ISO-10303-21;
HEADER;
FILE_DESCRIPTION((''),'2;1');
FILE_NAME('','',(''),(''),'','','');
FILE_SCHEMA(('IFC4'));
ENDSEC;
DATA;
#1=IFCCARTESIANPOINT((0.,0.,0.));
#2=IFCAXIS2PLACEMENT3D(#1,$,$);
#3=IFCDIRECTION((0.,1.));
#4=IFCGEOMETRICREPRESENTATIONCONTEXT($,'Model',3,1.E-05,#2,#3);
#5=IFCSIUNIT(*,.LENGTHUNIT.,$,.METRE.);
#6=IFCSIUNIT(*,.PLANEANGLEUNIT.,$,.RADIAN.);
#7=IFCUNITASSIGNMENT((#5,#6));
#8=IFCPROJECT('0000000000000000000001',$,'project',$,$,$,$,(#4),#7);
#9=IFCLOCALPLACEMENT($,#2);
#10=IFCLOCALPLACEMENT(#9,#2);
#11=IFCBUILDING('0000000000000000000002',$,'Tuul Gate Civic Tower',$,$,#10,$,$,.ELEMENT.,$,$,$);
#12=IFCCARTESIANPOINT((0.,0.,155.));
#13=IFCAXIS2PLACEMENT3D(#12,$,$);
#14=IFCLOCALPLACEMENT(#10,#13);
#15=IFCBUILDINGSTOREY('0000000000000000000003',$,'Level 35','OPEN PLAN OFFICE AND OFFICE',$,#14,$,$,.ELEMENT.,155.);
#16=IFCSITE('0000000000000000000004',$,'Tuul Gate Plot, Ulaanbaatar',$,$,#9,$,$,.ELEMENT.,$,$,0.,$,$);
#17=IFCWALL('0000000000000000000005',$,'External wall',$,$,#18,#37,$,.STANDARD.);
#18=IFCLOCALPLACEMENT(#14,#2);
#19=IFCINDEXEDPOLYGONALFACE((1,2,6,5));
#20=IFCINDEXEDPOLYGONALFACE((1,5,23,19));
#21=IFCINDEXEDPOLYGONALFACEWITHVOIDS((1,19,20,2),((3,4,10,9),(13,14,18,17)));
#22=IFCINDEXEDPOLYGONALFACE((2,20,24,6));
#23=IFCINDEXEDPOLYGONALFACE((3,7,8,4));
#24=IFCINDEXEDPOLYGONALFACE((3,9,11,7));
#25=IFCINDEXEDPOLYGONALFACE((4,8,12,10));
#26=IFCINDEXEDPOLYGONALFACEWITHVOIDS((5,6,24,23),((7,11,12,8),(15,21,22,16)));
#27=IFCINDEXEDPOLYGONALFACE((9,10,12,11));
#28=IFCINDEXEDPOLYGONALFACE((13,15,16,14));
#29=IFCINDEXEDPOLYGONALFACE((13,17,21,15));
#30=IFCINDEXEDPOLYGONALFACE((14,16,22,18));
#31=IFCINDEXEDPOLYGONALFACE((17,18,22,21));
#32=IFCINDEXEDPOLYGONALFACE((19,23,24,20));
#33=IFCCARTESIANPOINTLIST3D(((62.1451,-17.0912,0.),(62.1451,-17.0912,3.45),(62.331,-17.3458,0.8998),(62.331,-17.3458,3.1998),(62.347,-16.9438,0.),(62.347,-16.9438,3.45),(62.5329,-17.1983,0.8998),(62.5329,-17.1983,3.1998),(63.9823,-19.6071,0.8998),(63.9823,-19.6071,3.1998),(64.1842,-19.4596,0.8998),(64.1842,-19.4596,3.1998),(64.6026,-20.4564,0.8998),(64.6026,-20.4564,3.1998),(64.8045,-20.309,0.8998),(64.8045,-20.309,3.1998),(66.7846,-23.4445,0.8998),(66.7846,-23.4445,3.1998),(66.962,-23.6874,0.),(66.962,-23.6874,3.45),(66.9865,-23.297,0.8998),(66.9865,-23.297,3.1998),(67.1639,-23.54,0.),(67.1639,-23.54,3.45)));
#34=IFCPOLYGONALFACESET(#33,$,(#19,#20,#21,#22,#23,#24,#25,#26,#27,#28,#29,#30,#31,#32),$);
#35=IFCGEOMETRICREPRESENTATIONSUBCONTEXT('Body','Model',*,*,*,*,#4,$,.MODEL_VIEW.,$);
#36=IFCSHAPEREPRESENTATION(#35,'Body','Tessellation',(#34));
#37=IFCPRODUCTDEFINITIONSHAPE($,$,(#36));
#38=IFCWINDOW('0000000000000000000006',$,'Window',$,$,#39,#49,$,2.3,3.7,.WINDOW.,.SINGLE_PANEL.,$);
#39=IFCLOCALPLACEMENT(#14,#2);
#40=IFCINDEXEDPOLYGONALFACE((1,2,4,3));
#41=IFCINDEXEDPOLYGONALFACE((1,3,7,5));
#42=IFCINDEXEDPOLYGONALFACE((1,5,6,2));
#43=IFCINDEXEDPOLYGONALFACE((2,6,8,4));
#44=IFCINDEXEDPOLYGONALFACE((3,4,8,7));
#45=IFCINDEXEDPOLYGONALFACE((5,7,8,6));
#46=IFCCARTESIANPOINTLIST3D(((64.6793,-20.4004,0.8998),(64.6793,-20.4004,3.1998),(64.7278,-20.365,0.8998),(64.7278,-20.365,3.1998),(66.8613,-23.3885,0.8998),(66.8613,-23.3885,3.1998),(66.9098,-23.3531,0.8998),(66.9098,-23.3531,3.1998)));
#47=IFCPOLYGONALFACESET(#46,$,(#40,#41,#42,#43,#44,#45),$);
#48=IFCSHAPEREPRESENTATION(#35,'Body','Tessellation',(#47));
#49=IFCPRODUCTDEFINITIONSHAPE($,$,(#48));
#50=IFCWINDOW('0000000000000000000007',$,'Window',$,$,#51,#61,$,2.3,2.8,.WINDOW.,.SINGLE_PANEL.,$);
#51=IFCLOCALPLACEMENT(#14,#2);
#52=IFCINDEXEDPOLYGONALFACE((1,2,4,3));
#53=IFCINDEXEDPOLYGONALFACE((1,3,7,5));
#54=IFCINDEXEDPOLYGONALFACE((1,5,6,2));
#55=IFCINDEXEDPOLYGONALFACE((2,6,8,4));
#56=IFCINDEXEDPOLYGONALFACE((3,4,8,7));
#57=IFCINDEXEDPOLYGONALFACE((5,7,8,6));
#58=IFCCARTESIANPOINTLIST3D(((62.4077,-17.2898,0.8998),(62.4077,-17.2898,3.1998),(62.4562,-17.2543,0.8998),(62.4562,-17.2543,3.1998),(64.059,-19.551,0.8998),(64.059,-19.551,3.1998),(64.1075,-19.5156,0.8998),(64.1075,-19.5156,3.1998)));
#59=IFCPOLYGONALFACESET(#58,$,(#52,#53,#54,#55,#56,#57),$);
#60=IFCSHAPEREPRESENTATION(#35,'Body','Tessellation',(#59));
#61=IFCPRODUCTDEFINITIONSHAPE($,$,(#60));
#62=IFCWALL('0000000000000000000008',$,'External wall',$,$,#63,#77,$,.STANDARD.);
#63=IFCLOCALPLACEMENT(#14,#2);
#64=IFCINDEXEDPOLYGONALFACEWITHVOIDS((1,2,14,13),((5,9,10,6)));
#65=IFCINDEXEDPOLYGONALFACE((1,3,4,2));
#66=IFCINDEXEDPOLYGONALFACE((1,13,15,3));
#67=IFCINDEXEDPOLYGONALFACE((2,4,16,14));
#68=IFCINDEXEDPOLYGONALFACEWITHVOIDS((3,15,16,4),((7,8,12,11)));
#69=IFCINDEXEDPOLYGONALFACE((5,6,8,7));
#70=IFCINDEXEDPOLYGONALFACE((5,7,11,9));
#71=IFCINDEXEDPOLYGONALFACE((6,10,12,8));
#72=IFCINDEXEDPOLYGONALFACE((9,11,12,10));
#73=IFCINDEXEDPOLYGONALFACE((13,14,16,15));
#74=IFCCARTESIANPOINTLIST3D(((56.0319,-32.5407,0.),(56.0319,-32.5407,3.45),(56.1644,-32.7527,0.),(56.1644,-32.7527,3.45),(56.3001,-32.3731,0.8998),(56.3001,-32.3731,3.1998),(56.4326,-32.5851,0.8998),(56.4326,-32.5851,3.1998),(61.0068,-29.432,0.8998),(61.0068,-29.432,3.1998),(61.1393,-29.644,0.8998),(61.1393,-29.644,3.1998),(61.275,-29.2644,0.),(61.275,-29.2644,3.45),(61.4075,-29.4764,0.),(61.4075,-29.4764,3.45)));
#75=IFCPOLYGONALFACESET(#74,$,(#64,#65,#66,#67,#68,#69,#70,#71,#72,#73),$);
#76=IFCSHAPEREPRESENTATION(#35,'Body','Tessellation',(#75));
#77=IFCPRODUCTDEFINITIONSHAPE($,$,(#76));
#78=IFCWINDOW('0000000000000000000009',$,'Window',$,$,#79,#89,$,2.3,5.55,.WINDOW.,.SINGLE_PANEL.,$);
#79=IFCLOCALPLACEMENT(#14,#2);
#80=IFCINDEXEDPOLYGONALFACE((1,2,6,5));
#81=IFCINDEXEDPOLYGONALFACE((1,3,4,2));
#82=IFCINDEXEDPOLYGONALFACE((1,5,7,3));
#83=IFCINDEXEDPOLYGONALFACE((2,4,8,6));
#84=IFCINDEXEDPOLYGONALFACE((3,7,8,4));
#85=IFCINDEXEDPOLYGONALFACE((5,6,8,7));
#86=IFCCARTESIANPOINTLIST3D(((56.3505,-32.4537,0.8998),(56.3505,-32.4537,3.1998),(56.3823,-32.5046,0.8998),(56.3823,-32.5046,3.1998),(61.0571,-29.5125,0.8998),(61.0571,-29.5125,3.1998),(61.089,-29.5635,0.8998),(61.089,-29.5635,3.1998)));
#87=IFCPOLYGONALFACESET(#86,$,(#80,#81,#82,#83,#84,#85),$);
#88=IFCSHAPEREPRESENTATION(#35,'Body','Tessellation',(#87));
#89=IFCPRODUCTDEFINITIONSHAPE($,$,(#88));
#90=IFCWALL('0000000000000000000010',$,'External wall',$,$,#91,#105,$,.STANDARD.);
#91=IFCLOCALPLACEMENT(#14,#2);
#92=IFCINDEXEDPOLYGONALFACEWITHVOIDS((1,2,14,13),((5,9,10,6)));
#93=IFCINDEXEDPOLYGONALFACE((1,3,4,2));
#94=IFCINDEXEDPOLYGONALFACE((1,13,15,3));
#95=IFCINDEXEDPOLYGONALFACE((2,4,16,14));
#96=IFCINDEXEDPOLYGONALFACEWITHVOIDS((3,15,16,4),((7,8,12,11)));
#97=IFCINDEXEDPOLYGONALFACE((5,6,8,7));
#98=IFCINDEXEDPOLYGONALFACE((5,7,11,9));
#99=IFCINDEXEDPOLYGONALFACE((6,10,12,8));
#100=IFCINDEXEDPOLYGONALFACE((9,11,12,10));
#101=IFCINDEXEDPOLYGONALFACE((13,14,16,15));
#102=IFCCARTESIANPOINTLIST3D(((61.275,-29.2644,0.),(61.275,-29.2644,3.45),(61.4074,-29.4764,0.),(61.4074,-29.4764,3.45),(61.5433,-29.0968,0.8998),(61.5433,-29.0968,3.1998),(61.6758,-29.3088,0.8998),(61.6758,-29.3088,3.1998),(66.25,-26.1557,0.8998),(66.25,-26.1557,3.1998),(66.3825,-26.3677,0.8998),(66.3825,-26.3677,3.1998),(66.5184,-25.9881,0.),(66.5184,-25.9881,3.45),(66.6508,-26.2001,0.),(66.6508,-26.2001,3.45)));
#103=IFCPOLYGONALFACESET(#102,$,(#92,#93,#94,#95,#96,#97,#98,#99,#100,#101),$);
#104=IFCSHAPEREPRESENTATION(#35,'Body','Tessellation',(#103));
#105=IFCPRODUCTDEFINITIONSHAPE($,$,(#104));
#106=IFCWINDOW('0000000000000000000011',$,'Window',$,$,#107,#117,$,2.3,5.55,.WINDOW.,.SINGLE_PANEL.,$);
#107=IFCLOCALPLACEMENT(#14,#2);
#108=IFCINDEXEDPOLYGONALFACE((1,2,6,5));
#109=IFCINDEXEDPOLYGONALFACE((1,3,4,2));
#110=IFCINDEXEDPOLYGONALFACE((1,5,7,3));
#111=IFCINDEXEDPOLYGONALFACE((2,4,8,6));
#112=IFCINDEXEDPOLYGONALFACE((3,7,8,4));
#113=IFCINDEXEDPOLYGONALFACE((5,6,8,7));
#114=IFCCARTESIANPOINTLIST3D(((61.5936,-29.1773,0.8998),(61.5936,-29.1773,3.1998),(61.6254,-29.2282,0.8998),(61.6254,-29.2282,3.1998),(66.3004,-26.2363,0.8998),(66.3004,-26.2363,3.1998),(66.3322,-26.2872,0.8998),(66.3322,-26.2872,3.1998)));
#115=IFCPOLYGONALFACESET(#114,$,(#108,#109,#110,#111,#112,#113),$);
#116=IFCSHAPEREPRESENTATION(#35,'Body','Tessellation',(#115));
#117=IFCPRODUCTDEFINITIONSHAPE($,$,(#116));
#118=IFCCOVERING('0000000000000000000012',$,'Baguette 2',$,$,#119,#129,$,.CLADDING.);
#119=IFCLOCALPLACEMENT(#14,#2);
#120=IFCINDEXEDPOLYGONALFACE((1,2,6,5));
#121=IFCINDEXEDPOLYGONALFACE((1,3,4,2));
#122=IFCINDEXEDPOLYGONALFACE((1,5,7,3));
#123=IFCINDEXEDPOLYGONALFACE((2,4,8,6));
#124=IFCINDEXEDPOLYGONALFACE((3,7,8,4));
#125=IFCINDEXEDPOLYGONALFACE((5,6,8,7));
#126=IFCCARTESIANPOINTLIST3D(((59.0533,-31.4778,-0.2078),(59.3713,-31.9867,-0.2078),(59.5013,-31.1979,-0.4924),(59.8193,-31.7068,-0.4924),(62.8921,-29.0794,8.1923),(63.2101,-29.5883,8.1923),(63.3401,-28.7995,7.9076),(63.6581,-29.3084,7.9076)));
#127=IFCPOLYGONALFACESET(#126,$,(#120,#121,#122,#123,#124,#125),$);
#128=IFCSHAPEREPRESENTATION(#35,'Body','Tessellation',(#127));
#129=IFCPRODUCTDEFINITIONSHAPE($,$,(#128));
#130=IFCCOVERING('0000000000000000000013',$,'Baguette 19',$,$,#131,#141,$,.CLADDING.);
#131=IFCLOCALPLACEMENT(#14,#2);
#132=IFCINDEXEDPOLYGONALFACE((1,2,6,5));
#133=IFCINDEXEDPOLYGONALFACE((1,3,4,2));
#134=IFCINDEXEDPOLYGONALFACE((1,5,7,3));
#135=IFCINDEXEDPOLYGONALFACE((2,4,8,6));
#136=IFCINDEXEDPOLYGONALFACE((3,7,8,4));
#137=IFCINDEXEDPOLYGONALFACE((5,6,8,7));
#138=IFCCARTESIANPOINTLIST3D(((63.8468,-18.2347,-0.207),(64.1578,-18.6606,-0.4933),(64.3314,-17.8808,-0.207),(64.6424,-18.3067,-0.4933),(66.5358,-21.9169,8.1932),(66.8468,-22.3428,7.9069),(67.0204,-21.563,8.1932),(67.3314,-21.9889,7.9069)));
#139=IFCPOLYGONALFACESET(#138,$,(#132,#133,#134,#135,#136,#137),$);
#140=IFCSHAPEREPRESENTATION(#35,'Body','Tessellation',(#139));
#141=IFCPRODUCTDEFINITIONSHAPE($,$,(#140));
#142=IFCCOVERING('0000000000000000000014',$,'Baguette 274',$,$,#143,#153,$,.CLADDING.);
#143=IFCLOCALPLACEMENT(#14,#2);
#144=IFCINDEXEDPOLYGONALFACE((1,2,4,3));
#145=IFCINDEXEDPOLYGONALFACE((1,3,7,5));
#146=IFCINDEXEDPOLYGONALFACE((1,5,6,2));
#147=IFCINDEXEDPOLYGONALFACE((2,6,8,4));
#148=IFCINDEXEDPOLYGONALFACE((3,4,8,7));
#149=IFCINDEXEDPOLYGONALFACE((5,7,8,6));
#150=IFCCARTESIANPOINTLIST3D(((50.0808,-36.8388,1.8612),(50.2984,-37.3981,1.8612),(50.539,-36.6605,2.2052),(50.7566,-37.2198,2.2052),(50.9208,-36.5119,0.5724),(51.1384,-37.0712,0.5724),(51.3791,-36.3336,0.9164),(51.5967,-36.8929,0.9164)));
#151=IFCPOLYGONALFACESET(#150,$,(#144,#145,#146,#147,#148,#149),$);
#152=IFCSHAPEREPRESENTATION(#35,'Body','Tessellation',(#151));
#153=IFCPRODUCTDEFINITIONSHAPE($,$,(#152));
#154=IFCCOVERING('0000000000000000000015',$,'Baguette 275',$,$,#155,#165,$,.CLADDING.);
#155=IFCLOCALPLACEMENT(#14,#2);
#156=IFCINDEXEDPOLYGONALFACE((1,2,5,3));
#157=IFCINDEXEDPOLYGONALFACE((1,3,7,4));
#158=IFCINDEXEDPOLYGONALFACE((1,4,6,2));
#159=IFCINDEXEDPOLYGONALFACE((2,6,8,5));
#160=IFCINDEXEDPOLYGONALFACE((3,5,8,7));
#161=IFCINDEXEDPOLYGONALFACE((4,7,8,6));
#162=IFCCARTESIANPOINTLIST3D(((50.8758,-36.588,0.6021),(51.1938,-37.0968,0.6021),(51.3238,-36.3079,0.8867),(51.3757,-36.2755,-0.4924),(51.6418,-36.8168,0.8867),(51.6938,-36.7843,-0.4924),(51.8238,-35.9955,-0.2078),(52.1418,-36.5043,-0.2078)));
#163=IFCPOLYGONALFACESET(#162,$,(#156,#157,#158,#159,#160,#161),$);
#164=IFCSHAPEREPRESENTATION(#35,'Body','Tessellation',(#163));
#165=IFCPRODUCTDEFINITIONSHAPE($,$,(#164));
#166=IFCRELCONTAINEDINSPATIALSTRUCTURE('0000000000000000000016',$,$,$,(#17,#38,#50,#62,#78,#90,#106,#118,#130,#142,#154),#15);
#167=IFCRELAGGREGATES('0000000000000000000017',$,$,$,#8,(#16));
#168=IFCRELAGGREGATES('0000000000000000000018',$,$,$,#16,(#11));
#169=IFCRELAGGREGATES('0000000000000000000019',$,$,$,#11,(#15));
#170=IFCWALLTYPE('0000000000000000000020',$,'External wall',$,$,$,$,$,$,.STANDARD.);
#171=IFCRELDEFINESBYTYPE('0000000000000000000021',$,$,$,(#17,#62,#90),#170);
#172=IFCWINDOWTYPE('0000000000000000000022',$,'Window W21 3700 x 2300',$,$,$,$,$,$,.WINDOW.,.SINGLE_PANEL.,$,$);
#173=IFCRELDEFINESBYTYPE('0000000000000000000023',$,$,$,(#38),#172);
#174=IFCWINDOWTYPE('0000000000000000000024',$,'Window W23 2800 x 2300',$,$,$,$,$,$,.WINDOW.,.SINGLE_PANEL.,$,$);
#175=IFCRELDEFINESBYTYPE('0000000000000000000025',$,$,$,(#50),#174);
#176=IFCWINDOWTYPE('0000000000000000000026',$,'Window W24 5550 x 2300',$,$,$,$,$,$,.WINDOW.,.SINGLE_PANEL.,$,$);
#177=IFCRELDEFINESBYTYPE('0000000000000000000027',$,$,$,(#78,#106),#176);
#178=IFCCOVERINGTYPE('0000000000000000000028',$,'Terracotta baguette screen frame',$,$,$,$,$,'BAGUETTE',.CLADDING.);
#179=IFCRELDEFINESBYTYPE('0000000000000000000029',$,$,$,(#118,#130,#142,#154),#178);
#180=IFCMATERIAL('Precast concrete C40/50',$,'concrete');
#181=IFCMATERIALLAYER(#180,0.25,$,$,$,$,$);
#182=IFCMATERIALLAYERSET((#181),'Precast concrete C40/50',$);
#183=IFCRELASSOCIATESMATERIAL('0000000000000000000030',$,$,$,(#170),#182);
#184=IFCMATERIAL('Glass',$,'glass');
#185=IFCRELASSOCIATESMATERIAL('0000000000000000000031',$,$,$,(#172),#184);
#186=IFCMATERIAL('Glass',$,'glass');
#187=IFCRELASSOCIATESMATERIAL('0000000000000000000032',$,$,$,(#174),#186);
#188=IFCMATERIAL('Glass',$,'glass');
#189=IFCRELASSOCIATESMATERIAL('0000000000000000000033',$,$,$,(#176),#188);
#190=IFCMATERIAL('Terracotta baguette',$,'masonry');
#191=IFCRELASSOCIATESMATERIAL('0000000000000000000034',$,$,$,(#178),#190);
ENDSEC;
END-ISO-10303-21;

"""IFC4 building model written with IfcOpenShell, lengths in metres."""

from ifc_helpers import new_model, si_unit, direction, frame, frame_2d, origin, origin_2d, place, context, subcontext, project, spatial, rectangle, extrude, material, layer, layer_set, material_profile, profile_set, type_object, element, fill, save


model = new_model("IFC4")

# Units and contexts
model_context = context("Model", 3, precision=1e-05, world=origin(), true_north=direction((0.0, 1.0)))
body_context = subcontext(model_context, "Body", "Model", "MODEL_VIEW")
ifc_project = project(units=[si_unit("LENGTHUNIT", "METRE"), si_unit("PLANEANGLEUNIT", "RADIAN")], contexts=[model_context])

# Site, building, storey
site_placement = place(None, origin())
site = spatial("IfcSite", under=ifc_project, at=site_placement, Name="Tuul Gate Plot, Ulaanbaatar", CompositionType="ELEMENT", RefElevation=0.0)
building_placement = place(site_placement, origin())
building = spatial("IfcBuilding", under=site, at=building_placement, Name="Tuul Gate Civic Tower", CompositionType="ELEMENT")
storey_placement = place(building_placement, frame((0.0, 0.0, 155.0)))
storey = spatial("IfcBuildingStorey", under=building, at=storey_placement, Name="Level 35", Description="OPEN PLAN OFFICE AND OFFICE", CompositionType="ELEMENT", Elevation=155.0)

# Shared definitions
ifc_material_1 = material(Name="Precast concrete C40/50", Category="concrete")
ifc_layer = layer(ifc_material_1, 0.25)
ifc_layer_set = layer_set([ifc_layer], Name="Precast concrete C40/50")
wall_type = type_object("IfcWallType", Name="External wall", PredefinedType="STANDARD", material=ifc_layer_set)

# Wall, openings, windows
wall_1_placement = place(storey_placement, frame((67.063, -23.6138, 0.0), z_axis=(0.0, 0.0, 1.0), x_axis=(-0.589745, 0.807589, 0.0)))
wall_1 = element("IfcWall", 1, at=wall_1_placement, inside=storey, type_object=wall_type, Name="External wall", PredefinedType="STANDARD", context=body_context, shape_type="SweptSolid", body=[
    extrude(rectangle(XDim=8.1677, YDim=0.25, at=frame_2d((4.084, 0.0))), origin(), (0.0, 0.0, 1.0), 3.45),
])
opening_1_placement = place(wall_1_placement, frame((0.3008, 0.0, 0.8999)))
opening_1 = element("IfcOpeningElement", 2, at=opening_1_placement, cuts=wall_1, PredefinedType="OPENING", context=body_context, shape_type="SweptSolid", body=[
    extrude(rectangle(XDim=3.7, YDim=2.3, at=frame_2d((1.8501, 1.1499))), frame((0.0, 0.135, 0.0), z_axis=(0.0, -1.0, 0.0), x_axis=(1.0, 0.0, 0.0)), (0.0, 0.0, 1.0), 0.27),
])
opening_2_placement = place(wall_1_placement, frame((5.0527, 0.0, 0.8999)))
opening_2 = element("IfcOpeningElement", 3, at=opening_2_placement, cuts=wall_1, PredefinedType="OPENING", context=body_context, shape_type="SweptSolid", body=[
    extrude(rectangle(XDim=2.8, YDim=2.3, at=frame_2d((1.3999, 1.1499))), frame((0.0, 0.135, 0.0), z_axis=(0.0, -1.0, 0.0), x_axis=(1.0, 0.0, 0.0)), (0.0, 0.0, 1.0), 0.27),
])
ifc_material_2 = material(Name="Glass", Category="glass")
window_type_1 = type_object("IfcWindowType", Name="Window W21 3700 x 2300", PartitioningType="SINGLE_PANEL", PredefinedType="WINDOW", material=ifc_material_2)
window_1_placement = place(opening_1_placement, origin())
window_1 = element("IfcWindow", 4, at=window_1_placement, inside=storey, type_object=window_type_1, Name="Window", OverallHeight=2.3, OverallWidth=3.7, PartitioningType="SINGLE_PANEL", PredefinedType="WINDOW", context=body_context, shape_type="SweptSolid", body=[
    extrude(rectangle(XDim=3.7, YDim=2.3, at=frame_2d((1.8501, 1.1499))), frame((0.0, 0.03, 0.0), z_axis=(0.0, -1.0, 0.0), x_axis=(1.0, 0.0, 0.0)), (0.0, 0.0, 1.0), 0.0601),
])
fill(opening_1, window_1)
ifc_material_3 = material(Name="Glass", Category="glass")
window_type_2 = type_object("IfcWindowType", Name="Window W23 2800 x 2300", PartitioningType="SINGLE_PANEL", PredefinedType="WINDOW", material=ifc_material_3)
window_2_placement = place(opening_2_placement, origin())
window_2 = element("IfcWindow", 5, at=window_2_placement, inside=storey, type_object=window_type_2, Name="Window", OverallHeight=2.3, OverallWidth=2.8, PartitioningType="SINGLE_PANEL", PredefinedType="WINDOW", context=body_context, shape_type="SweptSolid", body=[
    extrude(rectangle(XDim=2.8, YDim=2.3, at=frame_2d((1.3999, 1.1499))), frame((0.0, 0.03, 0.0), z_axis=(0.0, -1.0, 0.0), x_axis=(1.0, 0.0, 0.0)), (0.0, 0.0, 1.0), 0.0601),
])
fill(opening_2, window_2)

# Walls, openings, windows
wall_2_placement = place(storey_placement, frame((56.0981, -32.6467, 0.0), z_axis=(0.0, 0.0, 1.0), x_axis=(0.848043, 0.529928, 0.0)))
wall_2 = element("IfcWall", 6, at=wall_2_placement, inside=storey, type_object=wall_type, Name="External wall", PredefinedType="STANDARD", context=body_context, shape_type="SweptSolid", body=[
    extrude(rectangle(XDim=6.1826, YDim=0.25, at=frame_2d((3.0913, 0.0))), origin(), (0.0, 0.0, 1.0), 3.45),
])
opening_3_placement = place(wall_2_placement, frame((0.3164, 0.0, 0.8999)))
opening_3 = element("IfcOpeningElement", 7, at=opening_3_placement, cuts=wall_2, PredefinedType="OPENING", context=body_context, shape_type="SweptSolid", body=[
    extrude(rectangle(XDim=5.55, YDim=2.3, at=frame_2d((2.7749, 1.1499))), frame((0.0, 0.135, 0.0), z_axis=(0.0, -1.0, 0.0), x_axis=(1.0, 0.0, 0.0)), (0.0, 0.0, 1.0), 0.27),
])
ifc_material_4 = material(Name="Glass", Category="glass")
window_type_3 = type_object("IfcWindowType", Name="Window W24 5550 x 2300", PartitioningType="SINGLE_PANEL", PredefinedType="WINDOW", material=ifc_material_4)
window_3_placement = place(opening_3_placement, origin())
window_3 = element("IfcWindow", 8, at=window_3_placement, inside=storey, type_object=window_type_3, Name="Window", OverallHeight=2.3, OverallWidth=5.55, PartitioningType="SINGLE_PANEL", PredefinedType="WINDOW", context=body_context, shape_type="SweptSolid", body=[
    extrude(rectangle(XDim=5.55, YDim=2.3, at=frame_2d((2.7749, 1.1499))), frame((0.0, 0.03, 0.0), z_axis=(0.0, -1.0, 0.0), x_axis=(1.0, 0.0, 0.0)), (0.0, 0.0, 1.0), 0.0601),
])
fill(opening_3, window_3)
wall_3_placement = place(storey_placement, frame((61.3413, -29.3704, 0.0), z_axis=(0.0, 0.0, 1.0), x_axis=(0.848054, 0.52991, 0.0)))
wall_3 = element("IfcWall", 9, at=wall_3_placement, inside=storey, type_object=wall_type, Name="External wall", PredefinedType="STANDARD", context=body_context, shape_type="SweptSolid", body=[
    extrude(rectangle(XDim=6.1829, YDim=0.25, at=frame_2d((3.0913, 0.0))), origin(), (0.0, 0.0, 1.0), 3.45),
])
opening_4_placement = place(wall_3_placement, frame((0.3164, 0.0, 0.8999)))
opening_4 = element("IfcOpeningElement", 10, at=opening_4_placement, cuts=wall_3, PredefinedType="OPENING", context=body_context, shape_type="SweptSolid", body=[
    extrude(rectangle(XDim=5.55, YDim=2.3, at=frame_2d((2.7749, 1.1499))), frame((0.0, 0.135, 0.0), z_axis=(0.0, -1.0, 0.0), x_axis=(1.0, 0.0, 0.0)), (0.0, 0.0, 1.0), 0.27),
])
window_4_placement = place(opening_4_placement, origin())
window_4 = element("IfcWindow", 11, at=window_4_placement, inside=storey, type_object=window_type_3, Name="Window", OverallHeight=2.3, OverallWidth=5.55, PartitioningType="SINGLE_PANEL", PredefinedType="WINDOW", context=body_context, shape_type="SweptSolid", body=[
    extrude(rectangle(XDim=5.55, YDim=2.3, at=frame_2d((2.7749, 1.1499))), frame((0.0, 0.03, 0.0), z_axis=(0.0, -1.0, 0.0), x_axis=(1.0, 0.0, 0.0)), (0.0, 0.0, 1.0), 0.0601),
])
fill(opening_4, window_4)

# Coverings
ifc_material_5 = material(Name="Terracotta baguette", Category="masonry")
ifc_material_profile_1 = material_profile(ifc_material_5, rectangle(XDim=0.6001, YDim=0.6001, at=origin_2d()), Name="Terracotta baguette screen frame")
ifc_profile_set_1 = profile_set([ifc_material_profile_1], Name="Terracotta baguette")
covering_type = type_object("IfcCoveringType", Name="Terracotta baguette screen frame", ElementType="BAGUETTE", PredefinedType="CLADDING", material=ifc_profile_set_1)
covering_1_placement = place(storey_placement, frame((59.4363, -31.5923, -0.3501), z_axis=(0.402308, 0.251353, 0.880324), x_axis=(-0.529863, 0.848083, 0.0)))
element("IfcCovering", 12, at=covering_1_placement, inside=storey, type_object=covering_type, Name="Baguette 2", PredefinedType="CLADDING", context=body_context, shape_type="SweptSolid", body=[
    extrude(rectangle(XDim=0.6001, YDim=0.6001, at=origin_2d()), origin(), (0.0, 0.0, 1.0), 9.542),
])
covering_2_placement = place(storey_placement, frame((66.9336, -21.9529, 8.05), z_axis=(-0.281338, 0.38525, -0.878881), x_axis=(-0.807581, -0.589756, 0.0)))
element("IfcCovering", 13, at=covering_2_placement, inside=storey, type_object=covering_type, Name="Baguette 19", PredefinedType="CLADDING", context=body_context, shape_type="SweptSolid", body=[
    extrude(rectangle(XDim=0.6001, YDim=0.6001, at=origin_2d()), origin(), (0.0, 0.0, 1.0), 9.5579),
])
covering_3_placement = place(storey_placement, frame((50.4187, -37.0293, 2.0332), z_axis=(0.534139, 0.20785, -0.819447), x_axis=(-0.362642, 0.931928, 0.0)))
element("IfcCovering", 14, at=covering_3_placement, inside=storey, type_object=covering_type, Name="Baguette 274", PredefinedType="CLADDING", context=body_context, shape_type="SweptSolid", body=[
    extrude(rectangle(XDim=0.6001, YDim=0.6001, at=origin_2d()), origin(), (0.0, 0.0, 1.0), 1.5728),
])
covering_4_placement = place(storey_placement, frame((51.2588, -36.7024, 0.7444), z_axis=(0.402188, 0.251367, -0.880375), x_axis=(-0.529999, 0.847998, 0.0)))
element("IfcCovering", 15, at=covering_4_placement, inside=storey, type_object=covering_type, Name="Baguette 275", PredefinedType="CLADDING", context=body_context, shape_type="SweptSolid", body=[
    extrude(rectangle(XDim=0.6001, YDim=0.6001, at=origin_2d()), origin(), (0.0, 0.0, 1.0), 1.2432),
])

save(model, "model.ifc")
